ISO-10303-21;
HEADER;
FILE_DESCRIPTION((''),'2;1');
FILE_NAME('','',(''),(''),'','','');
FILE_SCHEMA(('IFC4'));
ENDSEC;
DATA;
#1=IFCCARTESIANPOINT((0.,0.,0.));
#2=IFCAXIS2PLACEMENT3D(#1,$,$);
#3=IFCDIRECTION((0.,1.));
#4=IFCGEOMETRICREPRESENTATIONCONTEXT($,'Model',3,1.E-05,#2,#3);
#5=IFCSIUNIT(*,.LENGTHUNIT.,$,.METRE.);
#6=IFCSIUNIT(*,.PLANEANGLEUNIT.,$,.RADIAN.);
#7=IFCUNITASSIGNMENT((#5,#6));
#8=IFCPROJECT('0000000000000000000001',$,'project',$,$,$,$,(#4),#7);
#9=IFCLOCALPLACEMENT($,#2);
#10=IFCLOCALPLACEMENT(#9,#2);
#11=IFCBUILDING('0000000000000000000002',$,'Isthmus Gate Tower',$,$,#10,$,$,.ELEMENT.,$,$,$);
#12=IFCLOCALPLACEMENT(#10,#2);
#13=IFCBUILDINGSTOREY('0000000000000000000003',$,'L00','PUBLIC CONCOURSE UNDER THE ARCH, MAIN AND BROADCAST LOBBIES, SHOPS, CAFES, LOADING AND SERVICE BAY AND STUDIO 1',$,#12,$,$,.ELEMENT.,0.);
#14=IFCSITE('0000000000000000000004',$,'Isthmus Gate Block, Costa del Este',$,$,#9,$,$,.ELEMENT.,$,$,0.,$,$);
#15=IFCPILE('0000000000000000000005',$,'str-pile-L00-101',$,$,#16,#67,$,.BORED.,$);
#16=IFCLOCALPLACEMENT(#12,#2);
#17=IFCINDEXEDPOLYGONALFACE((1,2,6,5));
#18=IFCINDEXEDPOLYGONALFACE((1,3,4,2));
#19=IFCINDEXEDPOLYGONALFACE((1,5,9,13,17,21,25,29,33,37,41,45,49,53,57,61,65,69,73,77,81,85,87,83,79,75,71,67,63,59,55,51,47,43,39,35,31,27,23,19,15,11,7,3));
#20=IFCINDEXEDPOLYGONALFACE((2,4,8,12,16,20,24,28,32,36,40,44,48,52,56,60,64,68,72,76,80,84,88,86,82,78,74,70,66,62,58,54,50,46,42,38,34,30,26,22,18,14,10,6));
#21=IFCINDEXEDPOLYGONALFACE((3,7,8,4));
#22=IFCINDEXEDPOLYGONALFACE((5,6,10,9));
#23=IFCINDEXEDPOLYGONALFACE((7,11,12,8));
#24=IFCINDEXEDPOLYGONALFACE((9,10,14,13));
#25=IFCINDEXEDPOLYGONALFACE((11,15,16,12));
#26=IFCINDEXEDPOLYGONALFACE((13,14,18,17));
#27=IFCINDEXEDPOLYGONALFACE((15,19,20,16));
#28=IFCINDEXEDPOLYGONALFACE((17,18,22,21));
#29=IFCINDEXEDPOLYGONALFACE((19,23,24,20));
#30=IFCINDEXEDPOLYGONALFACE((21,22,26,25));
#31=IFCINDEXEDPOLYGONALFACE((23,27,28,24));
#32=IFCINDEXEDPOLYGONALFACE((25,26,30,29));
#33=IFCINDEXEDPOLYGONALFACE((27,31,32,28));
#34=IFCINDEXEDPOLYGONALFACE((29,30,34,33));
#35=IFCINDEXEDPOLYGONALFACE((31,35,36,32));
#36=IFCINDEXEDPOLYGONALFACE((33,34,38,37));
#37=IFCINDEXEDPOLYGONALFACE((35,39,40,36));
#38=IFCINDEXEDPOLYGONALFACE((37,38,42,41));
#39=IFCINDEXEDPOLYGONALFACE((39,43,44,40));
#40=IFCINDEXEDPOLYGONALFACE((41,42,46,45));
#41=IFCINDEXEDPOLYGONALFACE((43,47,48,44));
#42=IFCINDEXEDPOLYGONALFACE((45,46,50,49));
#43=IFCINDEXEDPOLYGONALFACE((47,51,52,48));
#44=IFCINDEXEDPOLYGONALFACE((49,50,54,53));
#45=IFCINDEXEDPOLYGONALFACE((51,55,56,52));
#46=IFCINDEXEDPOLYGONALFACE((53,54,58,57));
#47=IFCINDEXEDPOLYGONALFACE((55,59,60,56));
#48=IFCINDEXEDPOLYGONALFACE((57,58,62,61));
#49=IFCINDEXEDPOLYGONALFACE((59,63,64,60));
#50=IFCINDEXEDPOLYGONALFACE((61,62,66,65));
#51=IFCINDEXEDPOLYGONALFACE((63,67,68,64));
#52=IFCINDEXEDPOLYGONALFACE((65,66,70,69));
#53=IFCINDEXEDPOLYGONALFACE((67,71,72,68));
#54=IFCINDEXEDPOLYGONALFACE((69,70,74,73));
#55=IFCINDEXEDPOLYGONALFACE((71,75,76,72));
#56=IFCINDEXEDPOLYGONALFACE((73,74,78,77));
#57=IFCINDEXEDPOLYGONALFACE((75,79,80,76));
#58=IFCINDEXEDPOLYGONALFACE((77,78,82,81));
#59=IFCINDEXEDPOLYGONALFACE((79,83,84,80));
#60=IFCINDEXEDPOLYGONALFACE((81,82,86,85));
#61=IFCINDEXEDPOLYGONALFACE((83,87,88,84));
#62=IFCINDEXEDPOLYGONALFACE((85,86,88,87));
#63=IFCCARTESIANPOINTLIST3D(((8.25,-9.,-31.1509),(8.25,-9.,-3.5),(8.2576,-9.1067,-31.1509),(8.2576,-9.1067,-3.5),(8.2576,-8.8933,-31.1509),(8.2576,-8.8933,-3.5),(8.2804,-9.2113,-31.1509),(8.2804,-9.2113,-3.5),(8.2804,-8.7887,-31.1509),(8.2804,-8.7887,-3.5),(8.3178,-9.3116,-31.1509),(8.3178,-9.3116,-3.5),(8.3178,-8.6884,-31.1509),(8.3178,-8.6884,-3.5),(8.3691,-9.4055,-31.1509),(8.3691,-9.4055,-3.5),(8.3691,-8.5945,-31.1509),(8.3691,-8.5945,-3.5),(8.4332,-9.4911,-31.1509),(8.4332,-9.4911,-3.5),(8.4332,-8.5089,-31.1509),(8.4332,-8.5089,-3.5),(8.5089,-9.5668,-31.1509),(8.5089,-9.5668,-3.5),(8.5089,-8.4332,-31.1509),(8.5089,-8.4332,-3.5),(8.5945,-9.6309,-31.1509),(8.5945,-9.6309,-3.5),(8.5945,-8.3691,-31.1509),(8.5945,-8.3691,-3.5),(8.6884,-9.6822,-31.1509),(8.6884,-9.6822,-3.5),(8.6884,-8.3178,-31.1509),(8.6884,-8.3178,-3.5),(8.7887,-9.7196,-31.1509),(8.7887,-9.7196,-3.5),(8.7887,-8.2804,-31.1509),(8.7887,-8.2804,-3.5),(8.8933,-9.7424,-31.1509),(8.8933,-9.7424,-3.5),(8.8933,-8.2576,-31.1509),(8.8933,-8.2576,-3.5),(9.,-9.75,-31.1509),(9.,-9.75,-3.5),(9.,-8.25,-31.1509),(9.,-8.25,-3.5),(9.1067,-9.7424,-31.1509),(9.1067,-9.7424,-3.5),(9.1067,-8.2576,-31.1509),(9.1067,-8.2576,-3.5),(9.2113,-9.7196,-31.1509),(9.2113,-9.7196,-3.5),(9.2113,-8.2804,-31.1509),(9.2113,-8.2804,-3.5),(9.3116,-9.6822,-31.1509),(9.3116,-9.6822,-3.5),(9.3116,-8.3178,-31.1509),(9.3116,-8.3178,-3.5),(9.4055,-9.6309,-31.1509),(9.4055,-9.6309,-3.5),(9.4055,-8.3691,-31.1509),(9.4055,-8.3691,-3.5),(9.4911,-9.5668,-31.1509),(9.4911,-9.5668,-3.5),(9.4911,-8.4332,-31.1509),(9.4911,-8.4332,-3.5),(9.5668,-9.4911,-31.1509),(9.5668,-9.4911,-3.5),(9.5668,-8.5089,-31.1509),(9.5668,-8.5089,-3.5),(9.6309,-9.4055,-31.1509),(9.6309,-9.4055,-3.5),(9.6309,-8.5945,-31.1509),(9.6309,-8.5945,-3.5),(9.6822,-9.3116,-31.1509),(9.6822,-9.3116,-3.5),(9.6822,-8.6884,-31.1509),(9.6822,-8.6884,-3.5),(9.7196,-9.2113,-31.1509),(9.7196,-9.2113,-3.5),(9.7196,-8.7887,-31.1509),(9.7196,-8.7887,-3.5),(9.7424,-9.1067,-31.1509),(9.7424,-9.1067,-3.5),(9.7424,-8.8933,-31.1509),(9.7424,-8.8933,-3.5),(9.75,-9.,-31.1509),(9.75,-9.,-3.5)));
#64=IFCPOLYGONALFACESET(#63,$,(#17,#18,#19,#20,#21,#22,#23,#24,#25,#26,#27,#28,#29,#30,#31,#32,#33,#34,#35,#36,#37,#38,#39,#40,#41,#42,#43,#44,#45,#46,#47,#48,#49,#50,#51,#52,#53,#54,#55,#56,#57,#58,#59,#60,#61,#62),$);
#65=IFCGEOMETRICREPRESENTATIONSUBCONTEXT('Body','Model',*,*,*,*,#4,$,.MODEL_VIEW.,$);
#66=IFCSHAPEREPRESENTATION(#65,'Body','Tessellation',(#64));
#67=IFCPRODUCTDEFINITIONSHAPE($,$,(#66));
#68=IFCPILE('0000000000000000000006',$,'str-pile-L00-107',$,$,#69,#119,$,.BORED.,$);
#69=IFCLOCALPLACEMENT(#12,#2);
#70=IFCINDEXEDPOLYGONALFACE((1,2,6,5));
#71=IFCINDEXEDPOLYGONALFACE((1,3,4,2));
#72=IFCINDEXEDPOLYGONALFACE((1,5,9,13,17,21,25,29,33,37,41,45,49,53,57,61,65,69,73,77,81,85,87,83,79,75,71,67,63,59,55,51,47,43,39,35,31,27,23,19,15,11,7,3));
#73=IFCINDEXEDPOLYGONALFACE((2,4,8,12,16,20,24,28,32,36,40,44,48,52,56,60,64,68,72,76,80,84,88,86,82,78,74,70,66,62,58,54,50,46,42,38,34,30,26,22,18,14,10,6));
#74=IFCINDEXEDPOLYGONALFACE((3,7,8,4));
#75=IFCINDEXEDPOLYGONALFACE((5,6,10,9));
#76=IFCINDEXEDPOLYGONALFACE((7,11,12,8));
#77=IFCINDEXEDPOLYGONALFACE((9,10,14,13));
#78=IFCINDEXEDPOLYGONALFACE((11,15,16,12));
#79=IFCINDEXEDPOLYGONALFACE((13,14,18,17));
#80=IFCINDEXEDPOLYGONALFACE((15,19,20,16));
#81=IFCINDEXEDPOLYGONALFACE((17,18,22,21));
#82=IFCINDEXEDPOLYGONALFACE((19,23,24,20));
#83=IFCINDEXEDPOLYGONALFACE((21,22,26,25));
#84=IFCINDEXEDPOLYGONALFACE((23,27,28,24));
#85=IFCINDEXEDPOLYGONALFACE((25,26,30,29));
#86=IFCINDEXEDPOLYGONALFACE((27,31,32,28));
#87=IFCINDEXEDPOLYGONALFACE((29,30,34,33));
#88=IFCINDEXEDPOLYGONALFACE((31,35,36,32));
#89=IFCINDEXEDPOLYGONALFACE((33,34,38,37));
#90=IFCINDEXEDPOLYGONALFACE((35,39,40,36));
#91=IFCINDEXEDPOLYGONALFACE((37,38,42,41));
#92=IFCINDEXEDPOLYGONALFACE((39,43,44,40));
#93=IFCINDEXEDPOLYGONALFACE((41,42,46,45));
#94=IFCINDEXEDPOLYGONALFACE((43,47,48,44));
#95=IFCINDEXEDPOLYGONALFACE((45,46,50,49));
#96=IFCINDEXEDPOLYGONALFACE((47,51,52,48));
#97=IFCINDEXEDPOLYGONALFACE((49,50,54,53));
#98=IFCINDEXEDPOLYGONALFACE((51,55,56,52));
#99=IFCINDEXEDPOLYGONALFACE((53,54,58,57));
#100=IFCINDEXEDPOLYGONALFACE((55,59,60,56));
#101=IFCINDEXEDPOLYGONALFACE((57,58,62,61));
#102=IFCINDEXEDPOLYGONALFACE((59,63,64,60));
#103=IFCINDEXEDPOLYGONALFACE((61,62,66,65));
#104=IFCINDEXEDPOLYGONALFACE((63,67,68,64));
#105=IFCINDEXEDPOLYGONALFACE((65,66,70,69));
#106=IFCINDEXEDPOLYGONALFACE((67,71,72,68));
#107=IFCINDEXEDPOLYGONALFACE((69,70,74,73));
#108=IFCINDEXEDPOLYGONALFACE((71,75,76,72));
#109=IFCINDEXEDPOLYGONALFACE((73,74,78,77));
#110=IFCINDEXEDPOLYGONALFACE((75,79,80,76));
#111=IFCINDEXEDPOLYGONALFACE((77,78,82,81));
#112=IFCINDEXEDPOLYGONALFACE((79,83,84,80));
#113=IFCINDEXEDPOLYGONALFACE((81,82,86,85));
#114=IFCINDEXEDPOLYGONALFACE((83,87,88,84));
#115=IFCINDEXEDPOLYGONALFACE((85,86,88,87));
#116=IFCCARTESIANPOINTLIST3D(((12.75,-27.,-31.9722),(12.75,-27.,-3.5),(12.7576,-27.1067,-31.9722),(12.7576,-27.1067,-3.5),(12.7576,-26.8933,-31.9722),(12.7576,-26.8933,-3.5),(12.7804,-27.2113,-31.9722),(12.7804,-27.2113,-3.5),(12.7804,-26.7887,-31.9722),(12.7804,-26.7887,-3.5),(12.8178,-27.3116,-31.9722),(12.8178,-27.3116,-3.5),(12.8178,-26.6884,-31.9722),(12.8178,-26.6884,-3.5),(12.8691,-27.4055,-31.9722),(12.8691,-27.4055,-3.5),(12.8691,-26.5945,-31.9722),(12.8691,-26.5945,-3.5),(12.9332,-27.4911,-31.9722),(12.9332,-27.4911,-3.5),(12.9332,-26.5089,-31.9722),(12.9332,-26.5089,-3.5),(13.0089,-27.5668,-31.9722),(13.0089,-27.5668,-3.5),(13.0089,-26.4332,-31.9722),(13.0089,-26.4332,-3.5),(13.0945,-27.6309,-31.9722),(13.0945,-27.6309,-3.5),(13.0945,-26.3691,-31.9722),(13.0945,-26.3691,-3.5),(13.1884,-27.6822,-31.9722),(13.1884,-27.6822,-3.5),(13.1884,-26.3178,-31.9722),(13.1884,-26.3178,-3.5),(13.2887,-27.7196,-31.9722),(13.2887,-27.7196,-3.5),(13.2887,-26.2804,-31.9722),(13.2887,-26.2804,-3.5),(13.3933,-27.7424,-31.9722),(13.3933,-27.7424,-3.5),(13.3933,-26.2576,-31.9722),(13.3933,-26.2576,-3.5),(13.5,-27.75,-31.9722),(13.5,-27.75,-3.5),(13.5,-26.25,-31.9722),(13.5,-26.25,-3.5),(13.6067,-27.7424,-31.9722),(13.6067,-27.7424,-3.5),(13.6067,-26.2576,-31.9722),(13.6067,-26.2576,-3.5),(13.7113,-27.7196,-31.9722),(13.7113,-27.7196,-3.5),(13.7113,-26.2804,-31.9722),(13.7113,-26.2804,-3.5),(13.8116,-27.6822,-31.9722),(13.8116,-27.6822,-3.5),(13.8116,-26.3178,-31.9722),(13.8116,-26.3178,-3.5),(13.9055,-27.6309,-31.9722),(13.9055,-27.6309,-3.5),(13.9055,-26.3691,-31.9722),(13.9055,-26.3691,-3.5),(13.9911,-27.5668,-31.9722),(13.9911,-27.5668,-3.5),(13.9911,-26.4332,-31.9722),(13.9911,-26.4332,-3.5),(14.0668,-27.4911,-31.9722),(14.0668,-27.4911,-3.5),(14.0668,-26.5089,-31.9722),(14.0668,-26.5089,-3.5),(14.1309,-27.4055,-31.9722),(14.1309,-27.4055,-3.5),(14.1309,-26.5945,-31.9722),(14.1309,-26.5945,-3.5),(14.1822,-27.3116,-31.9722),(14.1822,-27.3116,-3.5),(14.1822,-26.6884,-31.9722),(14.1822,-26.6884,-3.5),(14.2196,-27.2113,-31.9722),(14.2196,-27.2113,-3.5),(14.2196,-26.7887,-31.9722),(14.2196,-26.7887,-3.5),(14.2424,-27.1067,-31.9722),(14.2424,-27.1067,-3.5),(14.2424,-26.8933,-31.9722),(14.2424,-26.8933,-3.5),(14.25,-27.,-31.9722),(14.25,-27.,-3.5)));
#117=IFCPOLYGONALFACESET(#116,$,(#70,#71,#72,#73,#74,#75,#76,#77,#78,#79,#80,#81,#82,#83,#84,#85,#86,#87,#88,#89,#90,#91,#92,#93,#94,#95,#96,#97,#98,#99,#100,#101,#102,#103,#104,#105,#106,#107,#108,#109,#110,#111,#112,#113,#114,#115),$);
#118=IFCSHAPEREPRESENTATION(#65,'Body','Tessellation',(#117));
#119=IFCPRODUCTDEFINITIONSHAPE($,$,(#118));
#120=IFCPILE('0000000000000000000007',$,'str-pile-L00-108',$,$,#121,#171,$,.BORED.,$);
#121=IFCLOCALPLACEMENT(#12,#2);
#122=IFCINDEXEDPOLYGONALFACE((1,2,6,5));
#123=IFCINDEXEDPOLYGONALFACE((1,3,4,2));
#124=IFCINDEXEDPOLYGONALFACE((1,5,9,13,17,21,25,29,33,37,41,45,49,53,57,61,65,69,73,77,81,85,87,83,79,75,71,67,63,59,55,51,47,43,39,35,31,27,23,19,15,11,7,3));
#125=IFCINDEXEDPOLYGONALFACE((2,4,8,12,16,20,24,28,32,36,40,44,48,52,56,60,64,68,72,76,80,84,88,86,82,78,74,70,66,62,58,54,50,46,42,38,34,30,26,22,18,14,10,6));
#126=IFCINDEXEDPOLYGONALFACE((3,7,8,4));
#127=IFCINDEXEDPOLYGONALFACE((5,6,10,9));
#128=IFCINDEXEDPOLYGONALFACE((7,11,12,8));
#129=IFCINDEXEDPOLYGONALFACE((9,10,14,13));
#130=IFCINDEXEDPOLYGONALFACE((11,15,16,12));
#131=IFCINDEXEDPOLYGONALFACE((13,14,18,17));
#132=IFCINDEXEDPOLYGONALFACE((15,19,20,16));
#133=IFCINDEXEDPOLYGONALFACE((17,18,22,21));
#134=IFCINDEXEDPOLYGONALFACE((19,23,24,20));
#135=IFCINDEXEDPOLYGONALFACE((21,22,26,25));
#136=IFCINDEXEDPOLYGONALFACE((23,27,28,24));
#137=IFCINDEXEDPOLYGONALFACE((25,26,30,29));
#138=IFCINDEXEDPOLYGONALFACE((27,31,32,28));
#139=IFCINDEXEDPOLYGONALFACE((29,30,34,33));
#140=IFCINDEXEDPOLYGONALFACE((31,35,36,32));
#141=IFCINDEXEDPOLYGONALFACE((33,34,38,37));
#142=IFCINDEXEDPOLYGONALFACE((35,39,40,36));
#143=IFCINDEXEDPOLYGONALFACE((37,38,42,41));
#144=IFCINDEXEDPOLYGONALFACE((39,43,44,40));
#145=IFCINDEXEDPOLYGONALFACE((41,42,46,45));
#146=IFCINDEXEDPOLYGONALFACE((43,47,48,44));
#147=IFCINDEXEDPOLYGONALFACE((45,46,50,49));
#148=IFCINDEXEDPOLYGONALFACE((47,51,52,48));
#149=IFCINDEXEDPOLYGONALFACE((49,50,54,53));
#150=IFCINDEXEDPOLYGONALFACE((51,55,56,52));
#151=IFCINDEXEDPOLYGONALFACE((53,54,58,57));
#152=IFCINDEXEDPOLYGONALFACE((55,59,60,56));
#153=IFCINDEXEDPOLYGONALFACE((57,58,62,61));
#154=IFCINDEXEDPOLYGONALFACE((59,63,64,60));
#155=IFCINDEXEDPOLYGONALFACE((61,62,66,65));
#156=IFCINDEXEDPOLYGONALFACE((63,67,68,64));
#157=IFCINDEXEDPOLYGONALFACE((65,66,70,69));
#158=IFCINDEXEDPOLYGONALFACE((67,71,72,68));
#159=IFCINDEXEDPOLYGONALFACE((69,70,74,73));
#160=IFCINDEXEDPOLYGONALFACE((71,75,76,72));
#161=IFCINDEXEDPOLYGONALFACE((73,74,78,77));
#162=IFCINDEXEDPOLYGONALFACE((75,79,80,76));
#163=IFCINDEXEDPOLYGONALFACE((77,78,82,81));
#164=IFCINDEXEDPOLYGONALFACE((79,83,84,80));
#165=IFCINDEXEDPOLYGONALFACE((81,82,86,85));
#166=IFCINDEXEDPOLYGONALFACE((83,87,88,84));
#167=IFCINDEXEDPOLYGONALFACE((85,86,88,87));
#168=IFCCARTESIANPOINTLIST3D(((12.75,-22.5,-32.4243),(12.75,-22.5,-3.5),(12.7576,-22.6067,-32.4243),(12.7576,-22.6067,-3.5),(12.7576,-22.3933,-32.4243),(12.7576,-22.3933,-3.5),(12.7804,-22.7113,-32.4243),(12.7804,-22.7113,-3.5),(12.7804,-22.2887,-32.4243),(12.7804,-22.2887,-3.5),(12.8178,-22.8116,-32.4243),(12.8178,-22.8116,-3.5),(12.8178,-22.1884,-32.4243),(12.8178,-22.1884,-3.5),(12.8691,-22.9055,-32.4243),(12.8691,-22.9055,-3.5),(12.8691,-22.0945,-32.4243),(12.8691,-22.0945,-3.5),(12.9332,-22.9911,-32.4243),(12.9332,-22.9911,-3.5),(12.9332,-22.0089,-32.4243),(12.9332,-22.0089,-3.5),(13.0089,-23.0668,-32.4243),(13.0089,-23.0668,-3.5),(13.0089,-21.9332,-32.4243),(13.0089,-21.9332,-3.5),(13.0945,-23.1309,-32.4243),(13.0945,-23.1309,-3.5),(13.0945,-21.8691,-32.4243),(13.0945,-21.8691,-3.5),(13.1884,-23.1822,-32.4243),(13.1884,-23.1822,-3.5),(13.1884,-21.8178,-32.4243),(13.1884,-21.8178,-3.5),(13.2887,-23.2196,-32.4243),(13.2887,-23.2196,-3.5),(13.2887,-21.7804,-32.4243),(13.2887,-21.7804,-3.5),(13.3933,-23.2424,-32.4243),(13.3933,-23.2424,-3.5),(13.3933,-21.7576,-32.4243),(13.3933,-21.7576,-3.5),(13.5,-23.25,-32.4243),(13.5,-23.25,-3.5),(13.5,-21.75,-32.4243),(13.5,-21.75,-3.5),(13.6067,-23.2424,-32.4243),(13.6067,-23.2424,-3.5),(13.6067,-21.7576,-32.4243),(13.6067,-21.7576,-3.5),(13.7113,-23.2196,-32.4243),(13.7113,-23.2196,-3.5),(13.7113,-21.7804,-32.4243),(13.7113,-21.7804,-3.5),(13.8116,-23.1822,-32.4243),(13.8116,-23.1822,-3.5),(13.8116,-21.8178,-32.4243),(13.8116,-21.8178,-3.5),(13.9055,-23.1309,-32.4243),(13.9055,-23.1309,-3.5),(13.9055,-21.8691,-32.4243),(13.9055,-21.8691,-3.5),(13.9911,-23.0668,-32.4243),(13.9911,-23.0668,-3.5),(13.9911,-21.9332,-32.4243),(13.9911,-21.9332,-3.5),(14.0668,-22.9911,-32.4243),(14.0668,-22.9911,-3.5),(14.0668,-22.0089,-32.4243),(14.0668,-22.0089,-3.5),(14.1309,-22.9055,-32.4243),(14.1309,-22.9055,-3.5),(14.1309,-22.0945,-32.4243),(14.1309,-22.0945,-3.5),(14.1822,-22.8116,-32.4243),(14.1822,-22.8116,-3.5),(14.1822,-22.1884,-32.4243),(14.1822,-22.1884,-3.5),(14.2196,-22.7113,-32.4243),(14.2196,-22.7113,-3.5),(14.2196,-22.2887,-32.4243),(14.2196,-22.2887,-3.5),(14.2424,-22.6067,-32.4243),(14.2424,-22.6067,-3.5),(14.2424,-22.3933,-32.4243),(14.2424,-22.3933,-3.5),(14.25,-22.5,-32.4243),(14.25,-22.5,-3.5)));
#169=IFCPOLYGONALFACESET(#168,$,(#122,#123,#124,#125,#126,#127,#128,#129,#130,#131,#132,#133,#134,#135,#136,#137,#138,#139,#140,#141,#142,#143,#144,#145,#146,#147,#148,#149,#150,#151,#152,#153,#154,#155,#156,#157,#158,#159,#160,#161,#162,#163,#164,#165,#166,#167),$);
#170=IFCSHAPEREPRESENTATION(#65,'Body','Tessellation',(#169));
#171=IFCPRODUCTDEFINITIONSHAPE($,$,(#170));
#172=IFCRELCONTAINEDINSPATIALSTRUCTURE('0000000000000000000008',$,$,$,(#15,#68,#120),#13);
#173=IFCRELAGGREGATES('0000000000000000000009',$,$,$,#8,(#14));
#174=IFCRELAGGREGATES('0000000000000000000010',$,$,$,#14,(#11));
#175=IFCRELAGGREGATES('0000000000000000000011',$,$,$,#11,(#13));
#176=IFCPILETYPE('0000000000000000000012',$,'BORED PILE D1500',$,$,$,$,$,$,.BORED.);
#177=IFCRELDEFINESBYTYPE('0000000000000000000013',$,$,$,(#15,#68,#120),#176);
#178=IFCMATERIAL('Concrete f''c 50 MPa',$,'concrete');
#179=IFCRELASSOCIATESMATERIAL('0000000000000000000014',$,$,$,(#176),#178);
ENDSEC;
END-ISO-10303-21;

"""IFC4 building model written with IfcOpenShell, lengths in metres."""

from ifc_helpers import new_model, si_unit, direction, frame, origin, origin_2d, place, context, subcontext, project, spatial, circle, extrude, material, material_profile, profile_set, type_object, element, save


model = new_model("IFC4")

# Units and contexts
model_context = context("Model", 3, precision=1e-05, world=origin(), true_north=direction((0.0, 1.0)))
body_context = subcontext(model_context, "Body", "Model", "MODEL_VIEW")
ifc_project = project(units=[si_unit("LENGTHUNIT", "METRE"), si_unit("PLANEANGLEUNIT", "RADIAN")], contexts=[model_context])

# Site, building, storey
site_placement = place(None, origin())
site = spatial("IfcSite", under=ifc_project, at=site_placement, Name="Isthmus Gate Block, Costa del Este", CompositionType="ELEMENT", RefElevation=0.0)
building_placement = place(site_placement, origin())
building = spatial("IfcBuilding", under=site, at=building_placement, Name="Isthmus Gate Tower", CompositionType="ELEMENT")
storey_placement = place(building_placement, origin())
storey = spatial("IfcBuildingStorey", under=building, at=storey_placement, Name="L00", Description="PUBLIC CONCOURSE UNDER THE ARCH, MAIN AND BROADCAST LOBBIES, SHOPS, CAFES, LOADING AND SERVICE BAY AND STUDIO 1", CompositionType="ELEMENT", Elevation=0.0)

# Piles
ifc_material_1 = material(Name="Concrete f'c 50 MPa", Category="concrete")
ifc_material_profile_1 = material_profile(ifc_material_1, circle(Radius=0.75, at=origin_2d()), Name="D1500")
ifc_profile_set_1 = profile_set([ifc_material_profile_1], Name="Concrete f'c 50 MPa")
pile_type_1 = type_object("IfcPileType", Name="BORED PILE D1500", PredefinedType="BORED", material=ifc_profile_set_1)
pile_1_placement = place(storey_placement, frame((9.0, -9.0, -3.5), z_axis=(0.0, 0.0, -1.0), x_axis=(1.0, 0.0, 0.0)))
element("IfcPile", 1, at=pile_1_placement, inside=storey, type_object=pile_type_1, Name="str-pile-L00-101", PredefinedType="BORED", context=body_context, shape_type="SweptSolid", body=[
    extrude(circle(Radius=0.75, at=origin_2d()), origin(), (0.0, 0.0, 1.0), 27.6509),
])
pile_2_placement = place(storey_placement, frame((13.5, -27.0, -3.5), z_axis=(0.0, 0.0, -1.0), x_axis=(1.0, 0.0, 0.0)))
element("IfcPile", 2, at=pile_2_placement, inside=storey, type_object=pile_type_1, Name="str-pile-L00-107", PredefinedType="BORED", context=body_context, shape_type="SweptSolid", body=[
    extrude(circle(Radius=0.75, at=origin_2d()), origin(), (0.0, 0.0, 1.0), 28.4722),
])
pile_3_placement = place(storey_placement, frame((13.5, -22.5, -3.5), z_axis=(0.0, 0.0, -1.0), x_axis=(1.0, 0.0, 0.0)))
element("IfcPile", 3, at=pile_3_placement, inside=storey, type_object=pile_type_1, Name="str-pile-L00-108", PredefinedType="BORED", context=body_context, shape_type="SweptSolid", body=[
    extrude(circle(Radius=0.75, at=origin_2d()), origin(), (0.0, 0.0, 1.0), 28.9243),
])

save(model, "model.ifc")
